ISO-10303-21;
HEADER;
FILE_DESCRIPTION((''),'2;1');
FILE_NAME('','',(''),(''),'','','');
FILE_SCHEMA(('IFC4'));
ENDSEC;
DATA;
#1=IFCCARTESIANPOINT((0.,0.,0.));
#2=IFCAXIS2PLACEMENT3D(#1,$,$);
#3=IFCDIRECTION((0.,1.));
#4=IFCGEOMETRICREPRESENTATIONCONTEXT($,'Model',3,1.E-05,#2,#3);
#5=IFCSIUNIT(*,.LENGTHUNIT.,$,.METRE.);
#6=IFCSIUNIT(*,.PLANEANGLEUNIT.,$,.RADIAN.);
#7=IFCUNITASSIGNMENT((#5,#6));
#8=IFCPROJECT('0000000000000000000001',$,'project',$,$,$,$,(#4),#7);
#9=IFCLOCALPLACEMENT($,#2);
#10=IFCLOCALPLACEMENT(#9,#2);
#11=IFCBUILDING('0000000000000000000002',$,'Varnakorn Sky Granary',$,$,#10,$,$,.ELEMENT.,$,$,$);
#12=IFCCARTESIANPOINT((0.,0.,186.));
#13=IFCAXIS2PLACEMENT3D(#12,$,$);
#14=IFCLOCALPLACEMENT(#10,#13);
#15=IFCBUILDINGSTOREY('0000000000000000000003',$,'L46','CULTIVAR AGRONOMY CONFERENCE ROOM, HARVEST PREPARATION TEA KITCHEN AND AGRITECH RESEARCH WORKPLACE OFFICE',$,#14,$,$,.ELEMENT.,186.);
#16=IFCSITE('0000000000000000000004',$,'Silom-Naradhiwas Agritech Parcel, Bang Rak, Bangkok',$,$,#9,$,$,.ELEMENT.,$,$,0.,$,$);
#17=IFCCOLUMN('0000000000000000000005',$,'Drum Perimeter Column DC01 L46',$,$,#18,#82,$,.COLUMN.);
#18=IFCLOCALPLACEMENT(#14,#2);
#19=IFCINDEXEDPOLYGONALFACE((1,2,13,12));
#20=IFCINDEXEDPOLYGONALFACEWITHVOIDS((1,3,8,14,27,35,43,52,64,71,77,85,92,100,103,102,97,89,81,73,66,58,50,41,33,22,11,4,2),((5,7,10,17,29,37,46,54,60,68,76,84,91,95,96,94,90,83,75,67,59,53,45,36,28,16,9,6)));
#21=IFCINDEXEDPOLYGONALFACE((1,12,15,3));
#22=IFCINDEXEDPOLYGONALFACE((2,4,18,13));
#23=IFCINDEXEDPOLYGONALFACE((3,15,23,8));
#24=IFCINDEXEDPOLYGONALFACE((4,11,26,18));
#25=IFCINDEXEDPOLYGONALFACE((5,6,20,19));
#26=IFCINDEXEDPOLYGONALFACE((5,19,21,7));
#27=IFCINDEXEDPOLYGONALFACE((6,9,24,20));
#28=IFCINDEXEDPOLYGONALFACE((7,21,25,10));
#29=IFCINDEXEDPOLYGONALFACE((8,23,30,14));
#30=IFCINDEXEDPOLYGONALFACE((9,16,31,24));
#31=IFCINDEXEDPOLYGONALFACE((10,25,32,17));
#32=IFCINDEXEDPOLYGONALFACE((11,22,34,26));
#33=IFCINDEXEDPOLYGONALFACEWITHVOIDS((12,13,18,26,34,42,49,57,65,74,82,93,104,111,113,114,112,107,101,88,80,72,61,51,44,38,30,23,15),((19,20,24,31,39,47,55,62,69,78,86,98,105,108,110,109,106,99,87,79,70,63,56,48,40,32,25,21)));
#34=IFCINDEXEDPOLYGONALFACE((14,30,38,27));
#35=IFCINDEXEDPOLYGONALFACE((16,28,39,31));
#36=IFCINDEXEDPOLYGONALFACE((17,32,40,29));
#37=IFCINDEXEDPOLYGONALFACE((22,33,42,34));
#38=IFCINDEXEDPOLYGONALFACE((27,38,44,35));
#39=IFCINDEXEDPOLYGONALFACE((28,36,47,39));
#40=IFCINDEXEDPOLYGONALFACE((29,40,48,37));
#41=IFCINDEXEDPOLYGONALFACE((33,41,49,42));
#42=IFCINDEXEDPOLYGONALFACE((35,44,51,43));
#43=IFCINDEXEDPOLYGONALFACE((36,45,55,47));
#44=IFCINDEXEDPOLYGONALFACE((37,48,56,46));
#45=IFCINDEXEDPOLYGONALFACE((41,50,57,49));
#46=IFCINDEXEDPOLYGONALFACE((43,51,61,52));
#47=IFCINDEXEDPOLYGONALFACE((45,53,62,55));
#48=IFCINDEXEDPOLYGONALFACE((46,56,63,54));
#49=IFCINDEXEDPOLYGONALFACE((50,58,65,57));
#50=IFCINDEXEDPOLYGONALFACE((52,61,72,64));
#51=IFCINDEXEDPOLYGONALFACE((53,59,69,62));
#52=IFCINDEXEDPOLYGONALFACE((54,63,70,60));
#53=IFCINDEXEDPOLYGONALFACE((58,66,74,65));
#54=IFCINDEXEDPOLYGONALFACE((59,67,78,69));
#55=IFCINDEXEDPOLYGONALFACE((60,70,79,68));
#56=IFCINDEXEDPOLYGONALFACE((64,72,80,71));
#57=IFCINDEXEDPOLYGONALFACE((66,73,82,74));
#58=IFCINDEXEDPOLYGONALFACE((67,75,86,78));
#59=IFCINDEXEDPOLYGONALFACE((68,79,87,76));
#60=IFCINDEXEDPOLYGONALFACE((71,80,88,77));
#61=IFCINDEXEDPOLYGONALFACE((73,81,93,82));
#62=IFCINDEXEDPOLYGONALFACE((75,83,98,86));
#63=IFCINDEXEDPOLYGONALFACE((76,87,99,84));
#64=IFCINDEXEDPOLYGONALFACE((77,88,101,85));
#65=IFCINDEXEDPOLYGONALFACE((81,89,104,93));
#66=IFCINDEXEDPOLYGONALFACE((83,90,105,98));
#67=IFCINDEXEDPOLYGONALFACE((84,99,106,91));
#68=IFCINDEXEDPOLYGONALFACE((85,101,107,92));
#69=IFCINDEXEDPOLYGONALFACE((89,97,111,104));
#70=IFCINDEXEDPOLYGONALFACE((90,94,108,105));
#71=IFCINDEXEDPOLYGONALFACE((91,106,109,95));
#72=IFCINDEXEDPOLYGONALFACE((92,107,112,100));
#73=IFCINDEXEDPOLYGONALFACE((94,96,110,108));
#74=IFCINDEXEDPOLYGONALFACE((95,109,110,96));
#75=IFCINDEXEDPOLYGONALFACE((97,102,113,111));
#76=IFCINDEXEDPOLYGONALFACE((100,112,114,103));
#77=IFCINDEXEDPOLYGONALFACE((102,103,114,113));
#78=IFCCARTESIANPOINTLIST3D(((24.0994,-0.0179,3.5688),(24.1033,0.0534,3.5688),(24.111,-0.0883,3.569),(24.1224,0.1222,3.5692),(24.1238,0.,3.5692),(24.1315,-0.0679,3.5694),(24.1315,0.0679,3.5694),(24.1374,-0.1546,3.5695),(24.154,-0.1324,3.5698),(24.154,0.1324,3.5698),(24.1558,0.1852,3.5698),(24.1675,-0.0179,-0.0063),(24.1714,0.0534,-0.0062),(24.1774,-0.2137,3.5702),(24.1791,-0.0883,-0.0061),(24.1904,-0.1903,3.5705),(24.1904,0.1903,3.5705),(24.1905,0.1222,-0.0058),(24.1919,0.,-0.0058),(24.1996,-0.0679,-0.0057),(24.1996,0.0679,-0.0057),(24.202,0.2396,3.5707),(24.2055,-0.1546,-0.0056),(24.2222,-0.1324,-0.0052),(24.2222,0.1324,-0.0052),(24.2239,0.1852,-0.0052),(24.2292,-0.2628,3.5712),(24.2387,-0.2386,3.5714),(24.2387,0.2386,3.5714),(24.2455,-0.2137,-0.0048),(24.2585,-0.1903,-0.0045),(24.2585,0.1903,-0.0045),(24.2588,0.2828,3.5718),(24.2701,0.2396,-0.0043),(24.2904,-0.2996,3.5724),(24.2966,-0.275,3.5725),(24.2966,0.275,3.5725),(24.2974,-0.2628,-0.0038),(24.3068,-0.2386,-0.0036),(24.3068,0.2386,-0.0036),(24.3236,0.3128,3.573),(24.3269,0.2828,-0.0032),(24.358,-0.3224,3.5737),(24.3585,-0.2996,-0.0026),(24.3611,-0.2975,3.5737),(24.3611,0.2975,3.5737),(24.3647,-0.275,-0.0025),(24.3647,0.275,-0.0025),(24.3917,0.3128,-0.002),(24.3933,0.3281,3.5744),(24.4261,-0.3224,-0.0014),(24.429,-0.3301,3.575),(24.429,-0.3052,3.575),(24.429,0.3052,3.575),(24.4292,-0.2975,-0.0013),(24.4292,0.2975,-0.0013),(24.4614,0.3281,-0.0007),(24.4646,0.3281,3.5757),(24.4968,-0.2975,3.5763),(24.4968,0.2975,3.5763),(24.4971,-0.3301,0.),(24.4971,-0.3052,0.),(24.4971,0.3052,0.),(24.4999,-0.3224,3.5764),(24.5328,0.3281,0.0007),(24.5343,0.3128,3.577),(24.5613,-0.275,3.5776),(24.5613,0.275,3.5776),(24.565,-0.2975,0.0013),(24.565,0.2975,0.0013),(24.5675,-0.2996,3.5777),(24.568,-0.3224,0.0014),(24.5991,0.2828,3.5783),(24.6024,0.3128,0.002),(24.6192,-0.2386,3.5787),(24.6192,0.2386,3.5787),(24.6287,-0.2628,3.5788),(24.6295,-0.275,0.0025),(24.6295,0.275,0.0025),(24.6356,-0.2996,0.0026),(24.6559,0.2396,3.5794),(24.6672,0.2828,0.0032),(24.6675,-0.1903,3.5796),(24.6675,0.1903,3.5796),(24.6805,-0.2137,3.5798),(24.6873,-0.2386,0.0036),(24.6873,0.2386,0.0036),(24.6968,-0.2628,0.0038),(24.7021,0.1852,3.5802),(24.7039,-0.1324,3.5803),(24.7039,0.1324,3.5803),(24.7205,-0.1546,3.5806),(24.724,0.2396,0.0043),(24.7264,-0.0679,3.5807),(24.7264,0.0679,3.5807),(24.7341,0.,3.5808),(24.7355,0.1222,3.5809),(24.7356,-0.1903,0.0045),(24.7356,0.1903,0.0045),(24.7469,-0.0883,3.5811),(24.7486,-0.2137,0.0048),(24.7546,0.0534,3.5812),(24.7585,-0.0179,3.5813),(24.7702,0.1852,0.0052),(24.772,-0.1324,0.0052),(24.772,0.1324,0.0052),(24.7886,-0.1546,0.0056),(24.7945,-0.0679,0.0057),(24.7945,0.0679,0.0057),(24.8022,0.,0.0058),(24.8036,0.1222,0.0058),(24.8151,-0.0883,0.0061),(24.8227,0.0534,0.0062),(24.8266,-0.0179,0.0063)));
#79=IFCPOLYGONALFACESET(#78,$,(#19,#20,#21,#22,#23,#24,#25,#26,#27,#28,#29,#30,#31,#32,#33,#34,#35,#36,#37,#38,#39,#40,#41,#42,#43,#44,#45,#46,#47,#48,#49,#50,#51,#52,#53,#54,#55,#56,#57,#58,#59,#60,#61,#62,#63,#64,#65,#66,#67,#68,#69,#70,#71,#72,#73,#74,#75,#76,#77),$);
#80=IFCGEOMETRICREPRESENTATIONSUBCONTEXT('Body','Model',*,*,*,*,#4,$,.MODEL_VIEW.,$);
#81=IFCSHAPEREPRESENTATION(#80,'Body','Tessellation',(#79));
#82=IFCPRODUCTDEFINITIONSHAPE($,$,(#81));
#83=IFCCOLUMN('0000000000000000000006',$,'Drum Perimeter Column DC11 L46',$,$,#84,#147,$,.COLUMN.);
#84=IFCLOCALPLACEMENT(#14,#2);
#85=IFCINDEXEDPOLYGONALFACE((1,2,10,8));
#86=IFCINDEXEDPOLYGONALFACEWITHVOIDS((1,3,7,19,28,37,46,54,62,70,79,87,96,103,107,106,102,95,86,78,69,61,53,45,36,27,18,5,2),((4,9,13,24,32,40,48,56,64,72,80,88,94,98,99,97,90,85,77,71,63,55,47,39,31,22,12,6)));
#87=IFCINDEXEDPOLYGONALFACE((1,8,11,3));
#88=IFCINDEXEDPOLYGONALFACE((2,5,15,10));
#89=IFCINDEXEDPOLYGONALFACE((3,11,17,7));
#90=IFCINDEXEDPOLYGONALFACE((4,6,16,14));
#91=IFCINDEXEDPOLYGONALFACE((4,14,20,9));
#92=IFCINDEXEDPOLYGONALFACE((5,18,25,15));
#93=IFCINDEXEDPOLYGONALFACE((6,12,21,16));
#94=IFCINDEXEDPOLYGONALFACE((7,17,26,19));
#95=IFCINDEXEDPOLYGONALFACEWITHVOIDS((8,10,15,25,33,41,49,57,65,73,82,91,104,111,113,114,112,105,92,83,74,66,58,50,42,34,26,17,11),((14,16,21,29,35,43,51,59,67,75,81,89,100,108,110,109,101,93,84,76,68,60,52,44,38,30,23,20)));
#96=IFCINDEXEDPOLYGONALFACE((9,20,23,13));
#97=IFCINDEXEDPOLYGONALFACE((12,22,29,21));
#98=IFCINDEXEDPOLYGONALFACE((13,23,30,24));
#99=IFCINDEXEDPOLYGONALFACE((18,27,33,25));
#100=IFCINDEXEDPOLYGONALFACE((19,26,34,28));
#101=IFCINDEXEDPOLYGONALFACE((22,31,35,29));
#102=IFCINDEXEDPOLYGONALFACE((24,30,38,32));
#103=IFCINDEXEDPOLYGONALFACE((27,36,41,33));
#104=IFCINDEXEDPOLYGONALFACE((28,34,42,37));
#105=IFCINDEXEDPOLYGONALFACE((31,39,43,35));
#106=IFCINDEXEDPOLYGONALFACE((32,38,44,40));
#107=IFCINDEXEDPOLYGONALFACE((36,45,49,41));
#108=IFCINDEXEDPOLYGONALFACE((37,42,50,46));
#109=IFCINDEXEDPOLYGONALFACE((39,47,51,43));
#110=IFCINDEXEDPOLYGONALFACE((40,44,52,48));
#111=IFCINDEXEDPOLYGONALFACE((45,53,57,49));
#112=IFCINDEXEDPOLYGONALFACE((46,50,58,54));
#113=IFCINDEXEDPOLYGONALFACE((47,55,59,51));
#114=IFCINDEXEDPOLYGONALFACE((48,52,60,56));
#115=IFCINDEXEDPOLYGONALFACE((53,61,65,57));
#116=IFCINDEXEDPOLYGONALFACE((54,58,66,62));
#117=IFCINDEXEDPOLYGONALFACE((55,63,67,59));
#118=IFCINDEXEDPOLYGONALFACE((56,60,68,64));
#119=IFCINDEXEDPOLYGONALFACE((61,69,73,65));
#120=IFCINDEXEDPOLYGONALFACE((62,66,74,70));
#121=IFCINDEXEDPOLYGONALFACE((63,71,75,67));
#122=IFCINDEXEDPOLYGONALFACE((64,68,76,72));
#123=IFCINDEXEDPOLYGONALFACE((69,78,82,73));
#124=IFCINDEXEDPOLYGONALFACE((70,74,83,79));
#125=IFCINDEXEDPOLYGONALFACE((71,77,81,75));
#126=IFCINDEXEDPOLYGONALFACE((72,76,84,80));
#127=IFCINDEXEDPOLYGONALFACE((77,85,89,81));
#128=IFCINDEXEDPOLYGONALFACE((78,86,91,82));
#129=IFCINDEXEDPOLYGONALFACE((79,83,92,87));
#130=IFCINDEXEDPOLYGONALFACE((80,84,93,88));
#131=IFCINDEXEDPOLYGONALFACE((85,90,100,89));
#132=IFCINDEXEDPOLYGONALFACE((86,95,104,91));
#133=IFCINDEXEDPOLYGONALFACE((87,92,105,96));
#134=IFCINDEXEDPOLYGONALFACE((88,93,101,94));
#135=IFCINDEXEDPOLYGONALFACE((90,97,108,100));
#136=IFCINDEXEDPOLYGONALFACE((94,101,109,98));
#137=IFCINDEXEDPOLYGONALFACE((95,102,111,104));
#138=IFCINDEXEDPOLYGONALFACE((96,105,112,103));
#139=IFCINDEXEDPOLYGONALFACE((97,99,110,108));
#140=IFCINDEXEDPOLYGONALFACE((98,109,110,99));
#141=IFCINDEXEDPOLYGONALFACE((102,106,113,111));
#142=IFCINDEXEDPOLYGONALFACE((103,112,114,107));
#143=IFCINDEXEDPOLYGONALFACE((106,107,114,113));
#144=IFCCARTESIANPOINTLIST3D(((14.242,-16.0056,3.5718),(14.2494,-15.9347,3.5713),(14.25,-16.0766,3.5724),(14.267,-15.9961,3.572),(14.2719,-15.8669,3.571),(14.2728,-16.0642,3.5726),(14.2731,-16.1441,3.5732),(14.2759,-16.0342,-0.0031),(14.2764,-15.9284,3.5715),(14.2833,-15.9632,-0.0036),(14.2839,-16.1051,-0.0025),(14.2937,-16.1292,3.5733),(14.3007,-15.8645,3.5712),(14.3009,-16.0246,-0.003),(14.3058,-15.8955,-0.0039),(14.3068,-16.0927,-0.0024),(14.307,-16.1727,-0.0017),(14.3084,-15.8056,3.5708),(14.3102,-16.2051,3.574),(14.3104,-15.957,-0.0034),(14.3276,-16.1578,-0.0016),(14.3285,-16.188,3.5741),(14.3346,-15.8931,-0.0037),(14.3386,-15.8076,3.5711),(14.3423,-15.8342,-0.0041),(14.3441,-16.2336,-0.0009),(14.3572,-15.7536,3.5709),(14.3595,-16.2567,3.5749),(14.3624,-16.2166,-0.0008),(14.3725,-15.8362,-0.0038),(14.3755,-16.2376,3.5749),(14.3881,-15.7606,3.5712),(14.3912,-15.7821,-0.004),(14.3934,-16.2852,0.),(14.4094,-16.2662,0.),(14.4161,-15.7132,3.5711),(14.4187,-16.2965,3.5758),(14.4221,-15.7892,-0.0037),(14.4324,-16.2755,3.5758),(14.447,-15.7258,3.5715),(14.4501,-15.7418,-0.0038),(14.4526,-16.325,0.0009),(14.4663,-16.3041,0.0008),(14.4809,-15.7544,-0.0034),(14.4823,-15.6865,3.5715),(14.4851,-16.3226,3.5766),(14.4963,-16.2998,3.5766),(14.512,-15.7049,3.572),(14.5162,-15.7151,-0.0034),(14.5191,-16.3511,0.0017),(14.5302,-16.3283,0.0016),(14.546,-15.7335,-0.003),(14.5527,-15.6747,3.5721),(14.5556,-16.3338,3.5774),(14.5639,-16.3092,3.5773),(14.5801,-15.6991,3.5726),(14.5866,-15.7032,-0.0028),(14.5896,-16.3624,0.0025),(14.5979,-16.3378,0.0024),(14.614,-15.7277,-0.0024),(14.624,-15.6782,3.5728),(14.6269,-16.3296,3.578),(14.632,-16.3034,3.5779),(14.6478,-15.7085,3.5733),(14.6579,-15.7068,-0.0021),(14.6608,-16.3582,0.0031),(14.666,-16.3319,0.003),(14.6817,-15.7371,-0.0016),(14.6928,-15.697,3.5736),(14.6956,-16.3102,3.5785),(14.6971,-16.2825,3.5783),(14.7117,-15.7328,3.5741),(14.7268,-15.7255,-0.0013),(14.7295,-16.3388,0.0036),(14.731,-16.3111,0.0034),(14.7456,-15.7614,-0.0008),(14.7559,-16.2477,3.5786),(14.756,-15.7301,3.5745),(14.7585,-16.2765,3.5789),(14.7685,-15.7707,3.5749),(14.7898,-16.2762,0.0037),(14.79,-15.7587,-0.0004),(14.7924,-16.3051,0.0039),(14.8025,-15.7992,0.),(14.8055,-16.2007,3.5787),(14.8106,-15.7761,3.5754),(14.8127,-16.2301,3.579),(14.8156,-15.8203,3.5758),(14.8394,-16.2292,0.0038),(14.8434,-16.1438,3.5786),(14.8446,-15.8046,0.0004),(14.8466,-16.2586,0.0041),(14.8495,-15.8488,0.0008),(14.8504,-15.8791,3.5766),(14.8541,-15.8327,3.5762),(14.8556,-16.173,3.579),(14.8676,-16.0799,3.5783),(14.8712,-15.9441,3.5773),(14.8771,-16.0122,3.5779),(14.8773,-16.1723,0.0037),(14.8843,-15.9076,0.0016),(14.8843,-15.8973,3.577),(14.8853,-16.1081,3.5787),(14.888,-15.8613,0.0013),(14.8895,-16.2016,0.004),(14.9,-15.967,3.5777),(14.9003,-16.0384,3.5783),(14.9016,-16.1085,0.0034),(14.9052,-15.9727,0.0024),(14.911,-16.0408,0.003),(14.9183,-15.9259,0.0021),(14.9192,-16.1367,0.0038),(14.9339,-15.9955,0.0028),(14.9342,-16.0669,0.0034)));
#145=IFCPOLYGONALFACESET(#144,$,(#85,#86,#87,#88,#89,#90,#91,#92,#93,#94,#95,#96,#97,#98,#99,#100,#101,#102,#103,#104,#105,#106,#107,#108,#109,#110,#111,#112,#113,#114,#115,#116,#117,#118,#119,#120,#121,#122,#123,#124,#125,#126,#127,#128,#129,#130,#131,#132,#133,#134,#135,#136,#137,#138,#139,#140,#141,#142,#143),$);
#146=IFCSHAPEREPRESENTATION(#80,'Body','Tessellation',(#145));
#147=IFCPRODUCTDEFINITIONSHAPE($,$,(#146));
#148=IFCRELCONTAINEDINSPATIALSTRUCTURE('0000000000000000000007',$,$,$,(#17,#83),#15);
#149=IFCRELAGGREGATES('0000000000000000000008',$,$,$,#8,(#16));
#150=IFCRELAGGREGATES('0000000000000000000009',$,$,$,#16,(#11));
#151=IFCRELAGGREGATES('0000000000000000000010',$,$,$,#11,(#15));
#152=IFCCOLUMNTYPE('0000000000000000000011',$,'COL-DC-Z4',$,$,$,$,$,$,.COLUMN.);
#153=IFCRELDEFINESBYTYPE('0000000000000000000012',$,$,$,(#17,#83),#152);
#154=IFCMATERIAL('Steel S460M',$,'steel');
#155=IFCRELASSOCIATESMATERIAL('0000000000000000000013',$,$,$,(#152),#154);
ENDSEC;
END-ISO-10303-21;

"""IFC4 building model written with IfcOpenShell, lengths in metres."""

from ifc_helpers import new_model, si_unit, direction, frame, origin, origin_2d, place, context, subcontext, project, spatial, hollow_circle, extrude, material, material_profile, profile_set, type_object, element, save


model = new_model("IFC4")

# Units and contexts
model_context = context("Model", 3, precision=1e-05, world=origin(), true_north=direction((0.0, 1.0)))
body_context = subcontext(model_context, "Body", "Model", "MODEL_VIEW")
ifc_project = project(units=[si_unit("LENGTHUNIT", "METRE"), si_unit("PLANEANGLEUNIT", "RADIAN")], contexts=[model_context])

# Site, building, storey
site_placement = place(None, origin())
site = spatial("IfcSite", under=ifc_project, at=site_placement, Name="Silom-Naradhiwas Agritech Parcel, Bang Rak, Bangkok", CompositionType="ELEMENT", RefElevation=0.0)
building_placement = place(site_placement, origin())
building = spatial("IfcBuilding", under=site, at=building_placement, Name="Varnakorn Sky Granary", CompositionType="ELEMENT")
storey_placement = place(building_placement, frame((0.0, 0.0, 186.0)))
storey = spatial("IfcBuildingStorey", under=building, at=storey_placement, Name="L46", Description="CULTIVAR AGRONOMY CONFERENCE ROOM, HARVEST PREPARATION TEA KITCHEN AND AGRITECH RESEARCH WORKPLACE OFFICE", CompositionType="ELEMENT", Elevation=186.0)

# Columns
ifc_material_1 = material(Name="Steel S460M", Category="steel")
ifc_material_profile_1 = material_profile(ifc_material_1, hollow_circle(Radius=0.3301, WallThickness=0.0249, at=origin_2d()), Name="CHS 660x25")
ifc_profile_set_1 = profile_set([ifc_material_profile_1], Name="Steel S460M")
column_type = type_object("IfcColumnType", Name="COL-DC-Z4", PredefinedType="COLUMN", material=ifc_profile_set_1)
column_1_placement = place(storey_placement, frame((24.4971, 0.0, 0.0), z_axis=(-0.01905, 0.0, 0.999819), x_axis=(0.0, -1.0, 0.0)))
element("IfcColumn", 1, at=column_1_placement, inside=storey, type_object=column_type, Name="Drum Perimeter Column DC01 L46", PredefinedType="COLUMN", context=body_context, shape_type="SweptSolid", body=[
    extrude(hollow_circle(Radius=0.3301, WallThickness=0.0249, at=origin_2d()), origin(), (0.0, 0.0, 1.0), 3.5757),
])
column_2_placement = place(storey_placement, frame((14.606, -16.0327, 0.0), z_axis=(-0.009492, 0.00799, 0.999923), x_axis=(-0.643966, -0.765054, 0.0)))
element("IfcColumn", 2, at=column_2_placement, inside=storey, type_object=column_type, Name="Drum Perimeter Column DC11 L46", PredefinedType="COLUMN", context=body_context, shape_type="SweptSolid", body=[
    extrude(hollow_circle(Radius=0.3301, WallThickness=0.0249, at=origin_2d()), origin(), (0.0, 0.0, 1.0), 3.5752),
])

save(model, "model.ifc")
